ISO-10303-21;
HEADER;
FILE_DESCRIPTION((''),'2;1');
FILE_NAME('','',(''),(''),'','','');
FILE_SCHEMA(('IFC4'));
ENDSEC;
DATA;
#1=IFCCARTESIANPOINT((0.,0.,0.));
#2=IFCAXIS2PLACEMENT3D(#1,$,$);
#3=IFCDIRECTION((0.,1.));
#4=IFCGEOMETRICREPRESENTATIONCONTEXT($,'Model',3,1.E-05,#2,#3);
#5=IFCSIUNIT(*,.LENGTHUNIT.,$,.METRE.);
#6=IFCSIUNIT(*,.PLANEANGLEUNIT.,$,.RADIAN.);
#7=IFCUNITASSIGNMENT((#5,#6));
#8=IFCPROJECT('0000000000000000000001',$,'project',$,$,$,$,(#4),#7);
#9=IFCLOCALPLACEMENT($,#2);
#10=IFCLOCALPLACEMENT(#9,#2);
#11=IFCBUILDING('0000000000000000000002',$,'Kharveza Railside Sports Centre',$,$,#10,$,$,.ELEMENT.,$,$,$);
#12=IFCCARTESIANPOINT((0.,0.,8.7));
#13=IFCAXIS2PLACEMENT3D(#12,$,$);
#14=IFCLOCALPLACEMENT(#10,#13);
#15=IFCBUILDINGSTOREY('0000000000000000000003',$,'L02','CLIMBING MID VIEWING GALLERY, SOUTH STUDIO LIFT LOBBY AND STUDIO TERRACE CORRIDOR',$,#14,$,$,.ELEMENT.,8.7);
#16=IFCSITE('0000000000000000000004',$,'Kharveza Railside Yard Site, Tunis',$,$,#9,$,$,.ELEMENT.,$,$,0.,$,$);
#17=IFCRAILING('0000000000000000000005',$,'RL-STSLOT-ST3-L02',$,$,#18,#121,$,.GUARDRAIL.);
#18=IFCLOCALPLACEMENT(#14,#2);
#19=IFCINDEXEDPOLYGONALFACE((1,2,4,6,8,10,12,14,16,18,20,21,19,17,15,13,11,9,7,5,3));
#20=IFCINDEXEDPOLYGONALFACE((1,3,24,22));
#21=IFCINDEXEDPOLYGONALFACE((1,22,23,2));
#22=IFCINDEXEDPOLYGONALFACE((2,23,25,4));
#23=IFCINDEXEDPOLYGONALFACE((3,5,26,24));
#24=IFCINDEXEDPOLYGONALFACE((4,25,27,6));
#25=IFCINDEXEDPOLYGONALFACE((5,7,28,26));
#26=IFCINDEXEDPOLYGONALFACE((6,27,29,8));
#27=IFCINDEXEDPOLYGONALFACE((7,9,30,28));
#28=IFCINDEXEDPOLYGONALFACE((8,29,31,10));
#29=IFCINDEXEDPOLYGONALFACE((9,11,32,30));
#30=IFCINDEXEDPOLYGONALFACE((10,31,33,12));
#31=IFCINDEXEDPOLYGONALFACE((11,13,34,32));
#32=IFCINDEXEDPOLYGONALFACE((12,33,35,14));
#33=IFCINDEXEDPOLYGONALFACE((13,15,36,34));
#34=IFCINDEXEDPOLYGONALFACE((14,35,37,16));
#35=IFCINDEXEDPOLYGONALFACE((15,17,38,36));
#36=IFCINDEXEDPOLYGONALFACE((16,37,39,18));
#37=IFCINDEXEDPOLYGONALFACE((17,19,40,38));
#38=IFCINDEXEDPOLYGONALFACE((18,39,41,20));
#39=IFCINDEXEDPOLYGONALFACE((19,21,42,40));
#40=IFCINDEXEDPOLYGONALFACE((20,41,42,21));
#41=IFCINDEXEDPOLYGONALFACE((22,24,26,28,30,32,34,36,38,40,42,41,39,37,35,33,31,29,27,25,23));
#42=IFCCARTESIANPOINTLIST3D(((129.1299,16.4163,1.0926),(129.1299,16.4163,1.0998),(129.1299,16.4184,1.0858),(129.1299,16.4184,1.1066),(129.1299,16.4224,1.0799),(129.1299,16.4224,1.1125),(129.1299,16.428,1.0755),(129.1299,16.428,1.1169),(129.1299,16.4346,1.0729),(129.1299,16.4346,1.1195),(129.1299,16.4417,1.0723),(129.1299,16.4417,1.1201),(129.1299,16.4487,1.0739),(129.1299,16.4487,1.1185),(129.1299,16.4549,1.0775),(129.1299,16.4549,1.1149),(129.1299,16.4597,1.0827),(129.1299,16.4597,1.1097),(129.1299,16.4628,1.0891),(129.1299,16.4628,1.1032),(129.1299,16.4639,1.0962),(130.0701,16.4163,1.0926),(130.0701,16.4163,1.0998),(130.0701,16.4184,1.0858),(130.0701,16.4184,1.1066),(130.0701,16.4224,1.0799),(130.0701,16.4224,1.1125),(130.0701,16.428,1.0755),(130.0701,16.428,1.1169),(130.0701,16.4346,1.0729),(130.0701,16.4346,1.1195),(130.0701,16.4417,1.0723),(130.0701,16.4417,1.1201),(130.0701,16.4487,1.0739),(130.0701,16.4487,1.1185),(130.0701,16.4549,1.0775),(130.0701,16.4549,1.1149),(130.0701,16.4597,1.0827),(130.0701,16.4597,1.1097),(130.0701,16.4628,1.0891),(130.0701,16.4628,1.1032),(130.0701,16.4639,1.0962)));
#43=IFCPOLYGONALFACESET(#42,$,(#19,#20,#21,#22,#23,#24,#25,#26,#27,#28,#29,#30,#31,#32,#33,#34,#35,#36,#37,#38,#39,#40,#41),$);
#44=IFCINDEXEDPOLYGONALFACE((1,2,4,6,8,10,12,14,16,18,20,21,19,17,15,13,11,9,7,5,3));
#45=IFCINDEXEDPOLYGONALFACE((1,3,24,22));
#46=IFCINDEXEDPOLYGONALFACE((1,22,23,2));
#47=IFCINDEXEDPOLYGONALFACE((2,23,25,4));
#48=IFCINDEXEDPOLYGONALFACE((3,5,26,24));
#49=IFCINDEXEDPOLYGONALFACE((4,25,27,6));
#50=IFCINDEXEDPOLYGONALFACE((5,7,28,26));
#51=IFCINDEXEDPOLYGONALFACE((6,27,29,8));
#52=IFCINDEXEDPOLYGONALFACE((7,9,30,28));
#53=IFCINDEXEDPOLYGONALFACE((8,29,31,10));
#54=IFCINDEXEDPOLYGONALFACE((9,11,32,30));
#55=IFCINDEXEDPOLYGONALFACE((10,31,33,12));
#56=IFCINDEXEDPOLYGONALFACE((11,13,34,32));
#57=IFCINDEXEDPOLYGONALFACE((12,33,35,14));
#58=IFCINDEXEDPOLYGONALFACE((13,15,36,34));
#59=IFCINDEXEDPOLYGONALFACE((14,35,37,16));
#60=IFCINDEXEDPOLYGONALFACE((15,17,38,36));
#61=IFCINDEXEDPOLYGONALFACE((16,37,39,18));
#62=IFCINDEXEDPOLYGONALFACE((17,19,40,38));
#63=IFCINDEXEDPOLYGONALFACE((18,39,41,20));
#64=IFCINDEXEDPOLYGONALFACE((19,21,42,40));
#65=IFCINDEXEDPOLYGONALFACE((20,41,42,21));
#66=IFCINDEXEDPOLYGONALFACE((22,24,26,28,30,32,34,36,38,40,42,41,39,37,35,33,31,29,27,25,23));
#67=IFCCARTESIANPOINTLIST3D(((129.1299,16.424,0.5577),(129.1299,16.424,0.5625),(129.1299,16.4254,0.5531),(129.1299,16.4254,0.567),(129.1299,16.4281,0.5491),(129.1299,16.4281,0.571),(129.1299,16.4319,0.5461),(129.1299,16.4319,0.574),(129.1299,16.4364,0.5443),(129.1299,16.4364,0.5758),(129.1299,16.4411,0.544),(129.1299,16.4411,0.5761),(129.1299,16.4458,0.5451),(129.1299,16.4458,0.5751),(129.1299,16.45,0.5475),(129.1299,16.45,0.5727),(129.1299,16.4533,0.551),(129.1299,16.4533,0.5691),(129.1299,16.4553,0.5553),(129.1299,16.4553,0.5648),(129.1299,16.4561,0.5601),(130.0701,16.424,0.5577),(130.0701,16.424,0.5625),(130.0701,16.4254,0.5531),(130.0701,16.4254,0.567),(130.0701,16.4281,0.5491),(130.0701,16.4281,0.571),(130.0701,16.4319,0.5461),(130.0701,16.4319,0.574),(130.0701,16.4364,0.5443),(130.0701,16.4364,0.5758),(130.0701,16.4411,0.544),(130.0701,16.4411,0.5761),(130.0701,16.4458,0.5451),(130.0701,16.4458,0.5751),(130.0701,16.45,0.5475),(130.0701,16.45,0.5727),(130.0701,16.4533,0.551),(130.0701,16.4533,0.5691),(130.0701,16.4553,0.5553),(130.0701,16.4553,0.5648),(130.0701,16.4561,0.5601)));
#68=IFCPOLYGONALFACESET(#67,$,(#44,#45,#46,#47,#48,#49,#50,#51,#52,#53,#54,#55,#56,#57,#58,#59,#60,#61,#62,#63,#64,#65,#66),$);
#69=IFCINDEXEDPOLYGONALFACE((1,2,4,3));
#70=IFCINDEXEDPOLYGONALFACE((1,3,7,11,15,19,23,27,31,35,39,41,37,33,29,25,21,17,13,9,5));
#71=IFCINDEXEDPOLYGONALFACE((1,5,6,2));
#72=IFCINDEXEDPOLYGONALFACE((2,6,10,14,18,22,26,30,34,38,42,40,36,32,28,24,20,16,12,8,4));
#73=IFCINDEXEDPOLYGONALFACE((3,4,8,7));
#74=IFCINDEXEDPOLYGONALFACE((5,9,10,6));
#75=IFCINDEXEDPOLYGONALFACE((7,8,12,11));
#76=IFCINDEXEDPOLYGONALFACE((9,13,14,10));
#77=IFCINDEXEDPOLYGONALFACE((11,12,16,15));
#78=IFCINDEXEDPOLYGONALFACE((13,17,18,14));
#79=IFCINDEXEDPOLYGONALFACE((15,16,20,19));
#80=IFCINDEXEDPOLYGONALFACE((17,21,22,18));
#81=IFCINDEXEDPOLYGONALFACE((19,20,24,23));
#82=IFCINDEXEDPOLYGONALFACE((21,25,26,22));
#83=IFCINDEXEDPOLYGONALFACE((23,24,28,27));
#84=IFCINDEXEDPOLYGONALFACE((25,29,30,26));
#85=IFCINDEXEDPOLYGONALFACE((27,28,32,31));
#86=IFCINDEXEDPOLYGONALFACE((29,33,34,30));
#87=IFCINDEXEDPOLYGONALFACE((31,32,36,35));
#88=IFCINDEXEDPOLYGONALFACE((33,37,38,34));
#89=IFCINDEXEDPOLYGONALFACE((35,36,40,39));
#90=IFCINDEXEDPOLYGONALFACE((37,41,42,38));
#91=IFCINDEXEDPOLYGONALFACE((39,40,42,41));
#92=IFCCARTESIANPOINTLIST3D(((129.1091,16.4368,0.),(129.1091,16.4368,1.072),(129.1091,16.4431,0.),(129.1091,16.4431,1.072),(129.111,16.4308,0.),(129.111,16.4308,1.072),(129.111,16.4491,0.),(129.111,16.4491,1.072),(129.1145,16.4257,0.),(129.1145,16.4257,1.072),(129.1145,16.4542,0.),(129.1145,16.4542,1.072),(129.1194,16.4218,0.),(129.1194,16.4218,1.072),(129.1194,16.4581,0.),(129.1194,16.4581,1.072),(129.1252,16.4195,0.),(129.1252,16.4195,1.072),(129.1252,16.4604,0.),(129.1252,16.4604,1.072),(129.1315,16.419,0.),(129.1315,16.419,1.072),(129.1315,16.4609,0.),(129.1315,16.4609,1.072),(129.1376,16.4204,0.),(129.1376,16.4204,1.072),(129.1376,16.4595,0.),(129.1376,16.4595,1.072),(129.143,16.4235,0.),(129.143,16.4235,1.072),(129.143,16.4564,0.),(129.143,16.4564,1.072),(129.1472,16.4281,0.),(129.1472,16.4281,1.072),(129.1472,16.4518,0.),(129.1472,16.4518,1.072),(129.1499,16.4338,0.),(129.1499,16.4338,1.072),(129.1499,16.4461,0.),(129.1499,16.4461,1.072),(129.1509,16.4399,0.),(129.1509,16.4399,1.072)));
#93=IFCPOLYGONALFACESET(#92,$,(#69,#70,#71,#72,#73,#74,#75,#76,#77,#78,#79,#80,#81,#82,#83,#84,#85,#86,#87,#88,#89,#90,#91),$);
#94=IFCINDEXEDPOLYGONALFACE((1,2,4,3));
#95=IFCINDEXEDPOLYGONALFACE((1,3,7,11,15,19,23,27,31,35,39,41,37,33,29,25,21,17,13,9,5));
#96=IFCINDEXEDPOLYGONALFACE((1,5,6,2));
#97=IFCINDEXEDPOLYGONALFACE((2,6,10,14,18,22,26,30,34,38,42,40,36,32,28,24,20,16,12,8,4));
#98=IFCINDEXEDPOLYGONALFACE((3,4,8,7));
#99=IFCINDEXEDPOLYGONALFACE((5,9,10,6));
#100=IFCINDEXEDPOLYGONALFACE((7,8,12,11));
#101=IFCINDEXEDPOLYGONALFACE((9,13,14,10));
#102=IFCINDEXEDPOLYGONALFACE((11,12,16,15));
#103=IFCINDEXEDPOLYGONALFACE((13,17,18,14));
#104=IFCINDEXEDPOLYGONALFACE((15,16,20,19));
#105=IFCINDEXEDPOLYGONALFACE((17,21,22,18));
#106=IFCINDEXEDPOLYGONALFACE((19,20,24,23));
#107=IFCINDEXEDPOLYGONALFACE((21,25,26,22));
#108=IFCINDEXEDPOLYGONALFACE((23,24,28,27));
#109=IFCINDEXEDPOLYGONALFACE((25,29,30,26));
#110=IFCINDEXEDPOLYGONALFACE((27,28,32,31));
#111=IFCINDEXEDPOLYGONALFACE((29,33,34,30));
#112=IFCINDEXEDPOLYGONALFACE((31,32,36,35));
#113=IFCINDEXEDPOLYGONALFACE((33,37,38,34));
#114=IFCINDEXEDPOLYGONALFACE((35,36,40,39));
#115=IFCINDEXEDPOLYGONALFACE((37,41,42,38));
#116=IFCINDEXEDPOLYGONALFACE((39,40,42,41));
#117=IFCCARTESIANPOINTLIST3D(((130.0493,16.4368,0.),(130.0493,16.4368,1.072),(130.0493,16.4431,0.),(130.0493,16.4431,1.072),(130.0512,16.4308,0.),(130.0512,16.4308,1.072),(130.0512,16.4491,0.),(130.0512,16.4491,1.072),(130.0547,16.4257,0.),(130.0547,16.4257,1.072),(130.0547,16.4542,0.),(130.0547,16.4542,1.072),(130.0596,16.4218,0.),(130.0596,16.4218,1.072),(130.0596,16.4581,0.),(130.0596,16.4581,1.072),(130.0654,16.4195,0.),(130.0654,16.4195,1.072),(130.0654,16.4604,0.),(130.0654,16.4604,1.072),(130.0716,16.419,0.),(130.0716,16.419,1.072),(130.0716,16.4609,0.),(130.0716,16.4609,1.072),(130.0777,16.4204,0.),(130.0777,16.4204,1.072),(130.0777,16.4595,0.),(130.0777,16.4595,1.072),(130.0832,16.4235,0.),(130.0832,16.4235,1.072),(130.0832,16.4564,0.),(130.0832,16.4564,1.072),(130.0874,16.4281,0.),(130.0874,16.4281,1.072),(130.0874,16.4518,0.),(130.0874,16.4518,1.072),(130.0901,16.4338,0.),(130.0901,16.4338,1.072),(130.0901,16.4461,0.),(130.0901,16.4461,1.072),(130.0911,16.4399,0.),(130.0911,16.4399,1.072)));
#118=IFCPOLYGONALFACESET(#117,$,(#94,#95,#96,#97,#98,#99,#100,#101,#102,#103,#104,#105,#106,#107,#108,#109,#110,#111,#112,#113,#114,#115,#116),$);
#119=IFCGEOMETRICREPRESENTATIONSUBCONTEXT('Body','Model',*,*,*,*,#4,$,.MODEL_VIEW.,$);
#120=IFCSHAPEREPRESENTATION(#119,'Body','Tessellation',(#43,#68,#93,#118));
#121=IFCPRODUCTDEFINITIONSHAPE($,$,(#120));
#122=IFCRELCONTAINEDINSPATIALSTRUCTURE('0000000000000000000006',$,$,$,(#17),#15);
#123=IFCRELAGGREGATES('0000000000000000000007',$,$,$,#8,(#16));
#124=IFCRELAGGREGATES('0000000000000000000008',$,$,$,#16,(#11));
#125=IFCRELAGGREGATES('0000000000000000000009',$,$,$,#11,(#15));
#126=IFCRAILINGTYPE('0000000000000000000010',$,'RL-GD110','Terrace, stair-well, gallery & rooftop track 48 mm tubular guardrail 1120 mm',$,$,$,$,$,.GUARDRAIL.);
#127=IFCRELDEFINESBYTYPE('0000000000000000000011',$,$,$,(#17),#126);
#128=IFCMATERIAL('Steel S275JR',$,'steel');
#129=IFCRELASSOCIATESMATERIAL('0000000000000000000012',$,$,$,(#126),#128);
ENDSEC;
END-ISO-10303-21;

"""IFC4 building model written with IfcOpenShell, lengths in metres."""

from ifc_helpers import new_model, si_unit, direction, frame, origin, origin_2d, place, context, subcontext, project, spatial, circle, extrude, material, type_object, element, save


model = new_model("IFC4")

# Units and contexts
model_context = context("Model", 3, precision=1e-05, world=origin(), true_north=direction((0.0, 1.0)))
body_context = subcontext(model_context, "Body", "Model", "MODEL_VIEW")
ifc_project = project(units=[si_unit("LENGTHUNIT", "METRE"), si_unit("PLANEANGLEUNIT", "RADIAN")], contexts=[model_context])

# Site, building, storey
site_placement = place(None, origin())
site = spatial("IfcSite", under=ifc_project, at=site_placement, Name="Kharveza Railside Yard Site, Tunis", CompositionType="ELEMENT", RefElevation=0.0)
building_placement = place(site_placement, origin())
building = spatial("IfcBuilding", under=site, at=building_placement, Name="Kharveza Railside Sports Centre", CompositionType="ELEMENT")
storey_placement = place(building_placement, frame((0.0, 0.0, 8.7)))
storey = spatial("IfcBuildingStorey", under=building, at=storey_placement, Name="L02", Description="CLIMBING MID VIEWING GALLERY, SOUTH STUDIO LIFT LOBBY AND STUDIO TERRACE CORRIDOR", CompositionType="ELEMENT", Elevation=8.7)

# Railing
ifc_material_1 = material(Name="Steel S275JR", Category="steel")
railing_type_1 = type_object("IfcRailingType", Name="RL-GD110", Description="Terrace, stair-well, gallery & rooftop track 48 mm tubular guardrail 1120 mm", PredefinedType="GUARDRAIL", material=ifc_material_1)
railing_1_placement = place(storey_placement, frame((129.1299, 16.4399, 0.0)))
element("IfcRailing", 1, at=railing_1_placement, inside=storey, type_object=railing_type_1, Name="RL-STSLOT-ST3-L02", PredefinedType="GUARDRAIL", context=body_context, shape_type="SweptSolid", body=[
    extrude(circle(Radius=0.0239, at=origin_2d()), frame((0.0, 0.0, 1.0962), z_axis=(1.0, 0.0, 0.0), x_axis=(0.0, 1.0, 0.0)), (0.0, 0.0, 1.0), 0.9402),
    extrude(circle(Radius=0.0161, at=origin_2d()), frame((0.0, 0.0, 0.5601), z_axis=(1.0, 0.0, 0.0), x_axis=(0.0, 1.0, 0.0)), (0.0, 0.0, 1.0), 0.9402),
    extrude(circle(Radius=0.021, at=origin_2d()), origin(), (0.0, 0.0, 1.0), 1.072),
    extrude(circle(Radius=0.021, at=origin_2d()), frame((0.9402, 0.0, 0.0)), (0.0, 0.0, 1.0), 1.072),
])

save(model, "model.ifc")
